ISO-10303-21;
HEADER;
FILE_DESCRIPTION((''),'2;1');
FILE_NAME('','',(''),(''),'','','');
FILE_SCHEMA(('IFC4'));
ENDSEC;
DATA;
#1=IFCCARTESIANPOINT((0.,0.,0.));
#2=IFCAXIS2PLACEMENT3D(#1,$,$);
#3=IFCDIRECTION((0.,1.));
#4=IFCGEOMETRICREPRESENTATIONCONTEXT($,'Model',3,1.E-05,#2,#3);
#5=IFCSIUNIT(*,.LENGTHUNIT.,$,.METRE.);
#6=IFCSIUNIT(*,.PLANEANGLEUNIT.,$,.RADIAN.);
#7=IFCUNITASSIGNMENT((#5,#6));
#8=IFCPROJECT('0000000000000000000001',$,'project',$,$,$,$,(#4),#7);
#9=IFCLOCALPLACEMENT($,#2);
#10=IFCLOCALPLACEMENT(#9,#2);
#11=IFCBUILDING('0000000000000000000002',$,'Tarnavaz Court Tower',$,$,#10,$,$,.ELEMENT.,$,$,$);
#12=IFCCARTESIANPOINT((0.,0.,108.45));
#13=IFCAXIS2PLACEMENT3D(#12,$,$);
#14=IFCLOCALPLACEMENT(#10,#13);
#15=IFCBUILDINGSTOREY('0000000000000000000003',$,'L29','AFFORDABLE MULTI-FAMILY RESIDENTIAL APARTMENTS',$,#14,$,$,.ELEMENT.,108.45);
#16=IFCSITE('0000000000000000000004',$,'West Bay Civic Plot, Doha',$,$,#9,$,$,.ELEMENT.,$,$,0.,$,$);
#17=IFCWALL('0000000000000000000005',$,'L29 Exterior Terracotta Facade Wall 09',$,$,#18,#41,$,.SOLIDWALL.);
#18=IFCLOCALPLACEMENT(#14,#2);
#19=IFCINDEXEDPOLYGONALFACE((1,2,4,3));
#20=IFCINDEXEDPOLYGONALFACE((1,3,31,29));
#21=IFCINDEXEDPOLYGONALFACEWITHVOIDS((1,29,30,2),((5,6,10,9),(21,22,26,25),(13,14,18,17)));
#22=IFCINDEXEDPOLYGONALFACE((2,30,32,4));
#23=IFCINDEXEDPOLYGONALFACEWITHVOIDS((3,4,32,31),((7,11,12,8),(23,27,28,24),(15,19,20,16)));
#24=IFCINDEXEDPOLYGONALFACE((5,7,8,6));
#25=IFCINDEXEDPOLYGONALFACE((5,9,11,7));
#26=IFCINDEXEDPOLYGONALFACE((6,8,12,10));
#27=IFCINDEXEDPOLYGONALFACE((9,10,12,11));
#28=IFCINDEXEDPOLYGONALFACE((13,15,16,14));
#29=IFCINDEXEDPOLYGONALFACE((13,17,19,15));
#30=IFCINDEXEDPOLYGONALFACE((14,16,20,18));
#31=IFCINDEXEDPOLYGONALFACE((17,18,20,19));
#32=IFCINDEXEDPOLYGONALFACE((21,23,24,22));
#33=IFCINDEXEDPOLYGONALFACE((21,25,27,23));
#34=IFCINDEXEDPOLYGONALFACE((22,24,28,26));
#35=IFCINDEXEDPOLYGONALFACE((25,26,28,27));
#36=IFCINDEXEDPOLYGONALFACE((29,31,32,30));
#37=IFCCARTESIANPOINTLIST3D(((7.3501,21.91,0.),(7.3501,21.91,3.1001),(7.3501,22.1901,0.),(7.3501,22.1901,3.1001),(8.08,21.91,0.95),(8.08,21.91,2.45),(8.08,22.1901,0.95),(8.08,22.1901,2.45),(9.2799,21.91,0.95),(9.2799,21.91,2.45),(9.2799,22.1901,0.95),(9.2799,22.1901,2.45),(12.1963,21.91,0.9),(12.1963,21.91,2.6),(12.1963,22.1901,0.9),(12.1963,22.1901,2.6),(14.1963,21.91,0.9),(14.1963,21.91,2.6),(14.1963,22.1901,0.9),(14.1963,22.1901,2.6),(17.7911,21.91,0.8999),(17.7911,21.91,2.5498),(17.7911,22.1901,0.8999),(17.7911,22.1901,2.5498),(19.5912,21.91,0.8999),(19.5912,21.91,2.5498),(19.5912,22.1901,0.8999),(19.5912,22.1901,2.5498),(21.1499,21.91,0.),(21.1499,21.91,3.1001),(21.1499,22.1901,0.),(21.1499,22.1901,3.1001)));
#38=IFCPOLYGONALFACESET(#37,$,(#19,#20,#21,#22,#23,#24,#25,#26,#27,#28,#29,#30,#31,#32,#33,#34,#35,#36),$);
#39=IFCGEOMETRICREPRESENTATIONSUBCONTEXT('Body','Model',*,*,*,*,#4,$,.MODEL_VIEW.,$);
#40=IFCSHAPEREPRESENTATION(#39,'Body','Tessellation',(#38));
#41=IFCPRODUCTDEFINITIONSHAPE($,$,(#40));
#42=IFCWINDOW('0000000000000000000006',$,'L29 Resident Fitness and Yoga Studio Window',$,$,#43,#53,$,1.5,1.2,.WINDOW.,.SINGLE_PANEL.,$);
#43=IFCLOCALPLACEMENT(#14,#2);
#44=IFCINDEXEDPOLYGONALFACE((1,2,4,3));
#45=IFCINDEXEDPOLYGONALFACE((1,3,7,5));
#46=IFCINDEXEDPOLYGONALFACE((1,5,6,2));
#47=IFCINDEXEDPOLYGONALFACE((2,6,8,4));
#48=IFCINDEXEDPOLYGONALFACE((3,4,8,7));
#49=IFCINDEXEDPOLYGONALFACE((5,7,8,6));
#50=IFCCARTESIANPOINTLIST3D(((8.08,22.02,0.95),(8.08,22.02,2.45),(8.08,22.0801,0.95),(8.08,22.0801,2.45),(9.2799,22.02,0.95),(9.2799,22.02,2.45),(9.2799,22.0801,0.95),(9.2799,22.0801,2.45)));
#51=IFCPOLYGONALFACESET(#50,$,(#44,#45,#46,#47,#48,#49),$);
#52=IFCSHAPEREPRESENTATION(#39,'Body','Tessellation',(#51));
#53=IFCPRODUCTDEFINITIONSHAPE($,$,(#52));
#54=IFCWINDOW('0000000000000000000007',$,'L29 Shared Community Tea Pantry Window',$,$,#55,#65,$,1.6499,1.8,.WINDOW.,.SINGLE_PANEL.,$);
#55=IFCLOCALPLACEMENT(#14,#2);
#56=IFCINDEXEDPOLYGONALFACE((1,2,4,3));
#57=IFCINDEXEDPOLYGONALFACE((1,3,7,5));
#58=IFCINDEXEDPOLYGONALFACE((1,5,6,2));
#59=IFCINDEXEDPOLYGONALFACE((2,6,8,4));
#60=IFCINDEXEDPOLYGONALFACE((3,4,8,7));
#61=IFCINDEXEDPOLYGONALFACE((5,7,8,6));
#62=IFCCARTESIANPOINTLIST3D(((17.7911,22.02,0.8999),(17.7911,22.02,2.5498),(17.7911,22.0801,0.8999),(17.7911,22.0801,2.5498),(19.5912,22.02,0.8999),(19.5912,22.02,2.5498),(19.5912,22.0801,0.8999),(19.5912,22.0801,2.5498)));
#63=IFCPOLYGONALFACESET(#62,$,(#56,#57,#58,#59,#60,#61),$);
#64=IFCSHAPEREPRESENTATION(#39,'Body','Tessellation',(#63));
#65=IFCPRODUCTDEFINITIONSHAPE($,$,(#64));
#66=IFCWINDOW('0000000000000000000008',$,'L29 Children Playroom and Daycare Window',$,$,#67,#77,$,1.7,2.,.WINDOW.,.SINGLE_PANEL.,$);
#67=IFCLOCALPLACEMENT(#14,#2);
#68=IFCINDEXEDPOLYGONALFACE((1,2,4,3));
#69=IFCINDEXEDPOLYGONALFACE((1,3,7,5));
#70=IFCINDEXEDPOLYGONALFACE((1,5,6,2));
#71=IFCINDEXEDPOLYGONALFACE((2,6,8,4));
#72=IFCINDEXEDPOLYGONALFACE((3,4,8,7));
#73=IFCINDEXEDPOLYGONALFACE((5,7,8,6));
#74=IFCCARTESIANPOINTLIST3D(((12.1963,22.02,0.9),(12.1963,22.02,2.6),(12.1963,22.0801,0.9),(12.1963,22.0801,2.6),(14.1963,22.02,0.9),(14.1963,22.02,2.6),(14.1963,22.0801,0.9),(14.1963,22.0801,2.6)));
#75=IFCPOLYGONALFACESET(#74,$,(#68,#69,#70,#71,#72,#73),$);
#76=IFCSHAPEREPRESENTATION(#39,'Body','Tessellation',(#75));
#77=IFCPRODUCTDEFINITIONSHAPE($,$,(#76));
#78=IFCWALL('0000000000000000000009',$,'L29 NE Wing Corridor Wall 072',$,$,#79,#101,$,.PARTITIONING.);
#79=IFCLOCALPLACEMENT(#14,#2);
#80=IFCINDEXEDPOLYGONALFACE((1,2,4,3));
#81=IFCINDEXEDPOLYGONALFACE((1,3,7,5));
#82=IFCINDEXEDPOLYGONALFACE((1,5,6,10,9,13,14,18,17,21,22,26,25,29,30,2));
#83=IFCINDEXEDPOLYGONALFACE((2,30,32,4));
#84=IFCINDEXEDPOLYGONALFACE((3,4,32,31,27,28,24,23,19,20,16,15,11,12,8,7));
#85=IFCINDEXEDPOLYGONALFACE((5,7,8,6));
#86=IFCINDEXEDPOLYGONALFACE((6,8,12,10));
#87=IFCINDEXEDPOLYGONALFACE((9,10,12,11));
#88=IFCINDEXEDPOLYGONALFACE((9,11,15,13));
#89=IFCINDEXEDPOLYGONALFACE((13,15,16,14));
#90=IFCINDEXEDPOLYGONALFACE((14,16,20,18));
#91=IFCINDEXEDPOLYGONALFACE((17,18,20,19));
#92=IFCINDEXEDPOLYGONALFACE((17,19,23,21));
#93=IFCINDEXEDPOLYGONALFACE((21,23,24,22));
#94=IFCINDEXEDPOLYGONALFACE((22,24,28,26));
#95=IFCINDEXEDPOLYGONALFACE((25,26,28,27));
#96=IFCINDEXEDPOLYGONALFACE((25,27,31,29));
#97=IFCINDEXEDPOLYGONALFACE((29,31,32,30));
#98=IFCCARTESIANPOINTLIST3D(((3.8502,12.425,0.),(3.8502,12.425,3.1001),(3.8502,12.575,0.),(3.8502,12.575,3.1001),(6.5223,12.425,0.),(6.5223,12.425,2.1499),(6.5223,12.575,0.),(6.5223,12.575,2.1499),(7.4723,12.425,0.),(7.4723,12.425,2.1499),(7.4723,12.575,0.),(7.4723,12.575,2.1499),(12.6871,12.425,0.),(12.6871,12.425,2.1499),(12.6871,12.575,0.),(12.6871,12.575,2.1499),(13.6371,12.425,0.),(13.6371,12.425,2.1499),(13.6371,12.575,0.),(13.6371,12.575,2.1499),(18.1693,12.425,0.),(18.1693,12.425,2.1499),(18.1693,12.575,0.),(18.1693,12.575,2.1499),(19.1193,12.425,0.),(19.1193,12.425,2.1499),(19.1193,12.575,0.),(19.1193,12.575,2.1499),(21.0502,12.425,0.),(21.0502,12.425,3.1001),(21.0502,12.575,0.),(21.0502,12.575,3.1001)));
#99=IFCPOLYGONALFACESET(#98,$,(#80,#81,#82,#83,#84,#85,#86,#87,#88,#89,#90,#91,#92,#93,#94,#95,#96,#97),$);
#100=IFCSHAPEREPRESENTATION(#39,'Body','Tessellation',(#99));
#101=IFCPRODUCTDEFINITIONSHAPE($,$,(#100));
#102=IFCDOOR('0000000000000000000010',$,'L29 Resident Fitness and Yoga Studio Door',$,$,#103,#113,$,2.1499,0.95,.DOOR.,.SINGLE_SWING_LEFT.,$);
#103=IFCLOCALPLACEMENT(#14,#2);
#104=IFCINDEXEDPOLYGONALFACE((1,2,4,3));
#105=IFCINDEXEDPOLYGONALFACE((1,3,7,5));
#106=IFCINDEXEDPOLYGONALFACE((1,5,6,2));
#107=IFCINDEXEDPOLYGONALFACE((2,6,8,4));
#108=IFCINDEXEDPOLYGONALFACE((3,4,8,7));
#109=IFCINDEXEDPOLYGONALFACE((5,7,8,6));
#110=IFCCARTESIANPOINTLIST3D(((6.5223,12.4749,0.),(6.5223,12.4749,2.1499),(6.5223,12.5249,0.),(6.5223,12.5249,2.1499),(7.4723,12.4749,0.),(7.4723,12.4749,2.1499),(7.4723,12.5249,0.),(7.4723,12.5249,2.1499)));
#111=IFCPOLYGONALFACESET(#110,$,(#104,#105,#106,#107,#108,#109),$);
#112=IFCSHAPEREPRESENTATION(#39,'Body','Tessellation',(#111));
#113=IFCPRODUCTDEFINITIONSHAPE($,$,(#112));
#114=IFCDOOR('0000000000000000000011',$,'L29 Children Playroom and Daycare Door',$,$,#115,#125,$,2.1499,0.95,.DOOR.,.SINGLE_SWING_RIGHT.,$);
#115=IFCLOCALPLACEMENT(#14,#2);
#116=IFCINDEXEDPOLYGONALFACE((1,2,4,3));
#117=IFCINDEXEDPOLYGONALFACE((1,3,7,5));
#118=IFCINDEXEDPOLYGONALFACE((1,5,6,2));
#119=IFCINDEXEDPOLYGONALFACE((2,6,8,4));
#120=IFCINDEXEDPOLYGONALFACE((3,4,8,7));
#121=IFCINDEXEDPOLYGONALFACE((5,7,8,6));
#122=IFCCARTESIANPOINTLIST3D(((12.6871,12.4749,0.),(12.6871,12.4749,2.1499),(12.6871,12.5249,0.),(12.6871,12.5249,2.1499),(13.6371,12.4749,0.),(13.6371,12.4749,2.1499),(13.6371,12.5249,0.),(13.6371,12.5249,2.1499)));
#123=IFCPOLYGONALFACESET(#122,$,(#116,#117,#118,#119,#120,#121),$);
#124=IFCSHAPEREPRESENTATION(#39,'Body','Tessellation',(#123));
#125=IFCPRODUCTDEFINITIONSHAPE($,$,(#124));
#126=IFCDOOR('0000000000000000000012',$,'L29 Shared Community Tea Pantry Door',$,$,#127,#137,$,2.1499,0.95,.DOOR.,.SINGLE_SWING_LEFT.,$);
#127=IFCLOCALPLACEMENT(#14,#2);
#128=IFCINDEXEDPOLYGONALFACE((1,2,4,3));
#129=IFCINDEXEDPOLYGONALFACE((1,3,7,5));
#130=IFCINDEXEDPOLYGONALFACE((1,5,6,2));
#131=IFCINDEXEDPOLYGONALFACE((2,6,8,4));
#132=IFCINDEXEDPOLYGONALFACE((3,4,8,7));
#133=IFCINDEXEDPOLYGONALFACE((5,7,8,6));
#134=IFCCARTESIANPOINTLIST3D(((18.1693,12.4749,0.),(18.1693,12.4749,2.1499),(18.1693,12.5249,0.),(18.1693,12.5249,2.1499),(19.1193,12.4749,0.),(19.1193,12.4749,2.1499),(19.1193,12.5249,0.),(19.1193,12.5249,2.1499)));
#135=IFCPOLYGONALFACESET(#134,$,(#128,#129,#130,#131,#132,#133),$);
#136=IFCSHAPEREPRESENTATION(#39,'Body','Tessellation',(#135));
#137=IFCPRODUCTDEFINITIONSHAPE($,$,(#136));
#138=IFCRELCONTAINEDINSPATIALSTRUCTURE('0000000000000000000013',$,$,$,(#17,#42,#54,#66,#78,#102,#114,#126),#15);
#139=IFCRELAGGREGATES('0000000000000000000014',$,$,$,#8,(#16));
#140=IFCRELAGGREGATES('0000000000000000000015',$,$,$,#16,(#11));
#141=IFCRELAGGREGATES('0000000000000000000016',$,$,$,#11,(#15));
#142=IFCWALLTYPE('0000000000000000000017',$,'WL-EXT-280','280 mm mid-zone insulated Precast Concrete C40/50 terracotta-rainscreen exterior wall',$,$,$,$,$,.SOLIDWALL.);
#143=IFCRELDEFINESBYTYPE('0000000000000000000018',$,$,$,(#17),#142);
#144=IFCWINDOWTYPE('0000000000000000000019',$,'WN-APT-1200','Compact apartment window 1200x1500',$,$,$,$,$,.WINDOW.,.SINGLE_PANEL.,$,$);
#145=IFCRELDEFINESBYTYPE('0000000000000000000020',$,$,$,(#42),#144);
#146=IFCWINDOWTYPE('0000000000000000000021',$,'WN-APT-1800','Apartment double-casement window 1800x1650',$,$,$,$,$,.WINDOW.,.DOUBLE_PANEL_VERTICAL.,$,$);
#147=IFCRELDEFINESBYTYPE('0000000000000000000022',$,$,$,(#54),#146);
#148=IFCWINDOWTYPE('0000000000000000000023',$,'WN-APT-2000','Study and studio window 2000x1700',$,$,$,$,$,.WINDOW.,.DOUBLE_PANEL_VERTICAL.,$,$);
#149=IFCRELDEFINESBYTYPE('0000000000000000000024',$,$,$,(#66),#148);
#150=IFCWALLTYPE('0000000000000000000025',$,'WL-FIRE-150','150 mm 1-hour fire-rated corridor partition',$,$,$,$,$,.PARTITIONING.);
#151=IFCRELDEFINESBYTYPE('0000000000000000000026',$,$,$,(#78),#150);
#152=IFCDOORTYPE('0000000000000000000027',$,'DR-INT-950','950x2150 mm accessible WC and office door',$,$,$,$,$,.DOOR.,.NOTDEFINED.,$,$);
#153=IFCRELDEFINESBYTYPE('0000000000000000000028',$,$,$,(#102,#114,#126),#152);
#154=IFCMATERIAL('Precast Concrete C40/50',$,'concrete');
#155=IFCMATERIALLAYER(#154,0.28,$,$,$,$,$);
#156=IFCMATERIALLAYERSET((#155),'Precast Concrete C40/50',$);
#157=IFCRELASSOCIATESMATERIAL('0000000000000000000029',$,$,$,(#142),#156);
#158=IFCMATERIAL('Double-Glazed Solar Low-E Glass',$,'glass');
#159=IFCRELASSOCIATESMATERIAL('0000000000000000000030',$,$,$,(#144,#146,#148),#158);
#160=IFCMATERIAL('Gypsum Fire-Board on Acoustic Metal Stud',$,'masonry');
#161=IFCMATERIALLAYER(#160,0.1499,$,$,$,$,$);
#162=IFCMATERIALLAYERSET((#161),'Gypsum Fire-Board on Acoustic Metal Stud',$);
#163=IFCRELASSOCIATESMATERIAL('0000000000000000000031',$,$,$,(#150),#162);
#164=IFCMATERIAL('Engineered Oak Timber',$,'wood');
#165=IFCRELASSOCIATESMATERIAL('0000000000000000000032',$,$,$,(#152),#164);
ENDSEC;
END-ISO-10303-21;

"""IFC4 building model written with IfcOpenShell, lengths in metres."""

from ifc_helpers import new_model, si_unit, direction, frame, frame_2d, origin, place, context, subcontext, project, spatial, rectangle, extrude, material, layer, layer_set, type_object, element, fill, save


model = new_model("IFC4")

# Units and contexts
model_context = context("Model", 3, precision=1e-05, world=origin(), true_north=direction((0.0, 1.0)))
body_context = subcontext(model_context, "Body", "Model", "MODEL_VIEW")
ifc_project = project(units=[si_unit("LENGTHUNIT", "METRE"), si_unit("PLANEANGLEUNIT", "RADIAN")], contexts=[model_context])

# Site, building, storey
site_placement = place(None, origin())
site = spatial("IfcSite", under=ifc_project, at=site_placement, Name="West Bay Civic Plot, Doha", CompositionType="ELEMENT", RefElevation=0.0)
building_placement = place(site_placement, origin())
building = spatial("IfcBuilding", under=site, at=building_placement, Name="Tarnavaz Court Tower", CompositionType="ELEMENT")
storey_placement = place(building_placement, frame((0.0, 0.0, 108.45)))
storey = spatial("IfcBuildingStorey", under=building, at=storey_placement, Name="L29", Description="AFFORDABLE MULTI-FAMILY RESIDENTIAL APARTMENTS", CompositionType="ELEMENT", Elevation=108.45)

# Shared definitions
ifc_material_1 = material(Name="Double-Glazed Solar Low-E Glass", Category="glass")

# Shared definitions
ifc_material_2 = material(Name="Precast Concrete C40/50", Category="concrete")
ifc_layer_1 = layer(ifc_material_2, 0.28)
ifc_layer_set_1 = layer_set([ifc_layer_1], Name="Precast Concrete C40/50")
wall_type_1 = type_object("IfcWallType", Name="WL-EXT-280", Description="280 mm mid-zone insulated Precast Concrete C40/50 terracotta-rainscreen exterior wall", PredefinedType="SOLIDWALL", material=ifc_layer_set_1)
window_type_1 = type_object("IfcWindowType", Name="WN-APT-1200", Description="Compact apartment window 1200x1500", PartitioningType="SINGLE_PANEL", PredefinedType="WINDOW", material=ifc_material_1)

# Wall, openings, windows
wall_1_placement = place(storey_placement, frame((7.3501, 22.05, 0.0), z_axis=(0.0, 0.0, 1.0), x_axis=(1.0, 0.0, 0.0)))
wall_1 = element("IfcWall", 1, at=wall_1_placement, inside=storey, type_object=wall_type_1, Name="L29 Exterior Terracotta Facade Wall 09", PredefinedType="SOLIDWALL", context=body_context, shape_type="SweptSolid", body=[
    extrude(rectangle(XDim=13.7998, YDim=0.28, at=frame_2d((6.8999, 0.0))), origin(), (0.0, 0.0, 1.0), 3.1001),
])
opening_1_placement = place(wall_1_placement, frame((0.7297, 0.0, 0.95)))
opening_1 = element("IfcOpeningElement", 2, at=opening_1_placement, cuts=wall_1, PredefinedType="OPENING", context=body_context, shape_type="SweptSolid", body=[
    extrude(rectangle(XDim=1.2, YDim=1.5, at=frame_2d((0.6001, 0.75))), frame((0.0, 0.1499, 0.0), z_axis=(0.0, -1.0, 0.0), x_axis=(1.0, 0.0, 0.0)), (0.0, 0.0, 1.0), 0.3),
])
opening_2_placement = place(wall_1_placement, frame((4.8462, 0.0, 0.8999)))
opening_2 = element("IfcOpeningElement", 3, at=opening_2_placement, cuts=wall_1, PredefinedType="OPENING", context=body_context, shape_type="SweptSolid", body=[
    extrude(rectangle(XDim=2.0, YDim=1.7, at=frame_2d((1.0, 0.8501))), frame((0.0, 0.1499, 0.0), z_axis=(0.0, -1.0, 0.0), x_axis=(1.0, 0.0, 0.0)), (0.0, 0.0, 1.0), 0.3),
])
opening_3_placement = place(wall_1_placement, frame((10.4412, 0.0, 0.8999)))
opening_3 = element("IfcOpeningElement", 4, at=opening_3_placement, cuts=wall_1, PredefinedType="OPENING", context=body_context, shape_type="SweptSolid", body=[
    extrude(rectangle(XDim=1.8, YDim=1.6499, at=frame_2d((0.8999, 0.825))), frame((0.0, 0.1499, 0.0), z_axis=(0.0, -1.0, 0.0), x_axis=(1.0, 0.0, 0.0)), (0.0, 0.0, 1.0), 0.3),
])
window_1_placement = place(opening_1_placement, origin())
window_1 = element("IfcWindow", 5, at=window_1_placement, inside=storey, type_object=window_type_1, Name="L29 Resident Fitness and Yoga Studio Window", OverallHeight=1.5, OverallWidth=1.2, PartitioningType="SINGLE_PANEL", PredefinedType="WINDOW", context=body_context, shape_type="SweptSolid", body=[
    extrude(rectangle(XDim=1.2, YDim=1.5, at=frame_2d((0.6001, 0.75))), frame((0.0, 0.03, 0.0), z_axis=(0.0, -1.0, 0.0), x_axis=(1.0, 0.0, 0.0)), (0.0, 0.0, 1.0), 0.0601),
])
fill(opening_1, window_1)
window_type_2 = type_object("IfcWindowType", Name="WN-APT-1800", Description="Apartment double-casement window 1800x1650", PartitioningType="DOUBLE_PANEL_VERTICAL", PredefinedType="WINDOW", material=ifc_material_1)
window_2_placement = place(opening_3_placement, origin())
window_2 = element("IfcWindow", 6, at=window_2_placement, inside=storey, type_object=window_type_2, Name="L29 Shared Community Tea Pantry Window", OverallHeight=1.6499, OverallWidth=1.8, PartitioningType="SINGLE_PANEL", PredefinedType="WINDOW", context=body_context, shape_type="SweptSolid", body=[
    extrude(rectangle(XDim=1.8, YDim=1.6499, at=frame_2d((0.8999, 0.825))), frame((0.0, 0.03, 0.0), z_axis=(0.0, -1.0, 0.0), x_axis=(1.0, 0.0, 0.0)), (0.0, 0.0, 1.0), 0.0601),
])
fill(opening_3, window_2)
window_type_3 = type_object("IfcWindowType", Name="WN-APT-2000", Description="Study and studio window 2000x1700", PartitioningType="DOUBLE_PANEL_VERTICAL", PredefinedType="WINDOW", material=ifc_material_1)
window_3_placement = place(opening_2_placement, origin())
window_3 = element("IfcWindow", 7, at=window_3_placement, inside=storey, type_object=window_type_3, Name="L29 Children Playroom and Daycare Window", OverallHeight=1.7, OverallWidth=2.0, PartitioningType="SINGLE_PANEL", PredefinedType="WINDOW", context=body_context, shape_type="SweptSolid", body=[
    extrude(rectangle(XDim=2.0, YDim=1.7, at=frame_2d((1.0, 0.8501))), frame((0.0, 0.03, 0.0), z_axis=(0.0, -1.0, 0.0), x_axis=(1.0, 0.0, 0.0)), (0.0, 0.0, 1.0), 0.0601),
])
fill(opening_2, window_3)

# Wall, openings, doors
ifc_material_3 = material(Name="Gypsum Fire-Board on Acoustic Metal Stud", Category="masonry")
ifc_layer_2 = layer(ifc_material_3, 0.1499)
ifc_layer_set_2 = layer_set([ifc_layer_2], Name="Gypsum Fire-Board on Acoustic Metal Stud")
wall_type_2 = type_object("IfcWallType", Name="WL-FIRE-150", Description="150 mm 1-hour fire-rated corridor partition", PredefinedType="PARTITIONING", material=ifc_layer_set_2)
wall_2_placement = place(storey_placement, frame((3.8501, 12.5, 0.0), z_axis=(0.0, 0.0, 1.0), x_axis=(1.0, 0.0, 0.0)))
wall_2 = element("IfcWall", 8, at=wall_2_placement, inside=storey, type_object=wall_type_2, Name="L29 NE Wing Corridor Wall 072", PredefinedType="PARTITIONING", context=body_context, shape_type="SweptSolid", body=[
    extrude(rectangle(XDim=17.2, YDim=0.1499, at=frame_2d((8.6001, 0.0))), origin(), (0.0, 0.0, 1.0), 3.1001),
])
opening_4_placement = place(wall_2_placement, frame((2.6721, 0.0, 0.0)))
opening_4 = element("IfcOpeningElement", 9, at=opening_4_placement, cuts=wall_2, PredefinedType="OPENING", context=body_context, shape_type="SweptSolid", body=[
    extrude(rectangle(XDim=0.95, YDim=2.1499, at=frame_2d((0.4751, 1.075))), frame((0.0, 0.085, 0.0), z_axis=(0.0, -1.0, 0.0), x_axis=(1.0, 0.0, 0.0)), (0.0, 0.0, 1.0), 0.1699),
])
opening_5_placement = place(wall_2_placement, frame((8.8369, 0.0, 0.0)))
opening_5 = element("IfcOpeningElement", 10, at=opening_5_placement, cuts=wall_2, PredefinedType="OPENING", context=body_context, shape_type="SweptSolid", body=[
    extrude(rectangle(XDim=0.95, YDim=2.1499, at=frame_2d((0.4751, 1.075))), frame((0.0, 0.085, 0.0), z_axis=(0.0, -1.0, 0.0), x_axis=(1.0, 0.0, 0.0)), (0.0, 0.0, 1.0), 0.1699),
])
opening_6_placement = place(wall_2_placement, frame((14.3191, 0.0, 0.0)))
opening_6 = element("IfcOpeningElement", 11, at=opening_6_placement, cuts=wall_2, PredefinedType="OPENING", context=body_context, shape_type="SweptSolid", body=[
    extrude(rectangle(XDim=0.95, YDim=2.1499, at=frame_2d((0.4751, 1.075))), frame((0.0, 0.085, 0.0), z_axis=(0.0, -1.0, 0.0), x_axis=(1.0, 0.0, 0.0)), (0.0, 0.0, 1.0), 0.1699),
])
ifc_material_4 = material(Name="Engineered Oak Timber", Category="wood")
door_type = type_object("IfcDoorType", Name="DR-INT-950", Description="950x2150 mm accessible WC and office door", OperationType="NOTDEFINED", PredefinedType="DOOR", material=ifc_material_4)
door_1_placement = place(opening_4_placement, origin())
door_1 = element("IfcDoor", 12, at=door_1_placement, inside=storey, type_object=door_type, Name="L29 Resident Fitness and Yoga Studio Door", OperationType="SINGLE_SWING_LEFT", OverallHeight=2.1499, OverallWidth=0.95, PredefinedType="DOOR", context=body_context, shape_type="SweptSolid", body=[
    extrude(rectangle(XDim=0.95, YDim=2.1499, at=frame_2d((0.4751, 1.075))), frame((0.0, 0.0249, 0.0), z_axis=(0.0, -1.0, 0.0), x_axis=(1.0, 0.0, 0.0)), (0.0, 0.0, 1.0), 0.05),
])
fill(opening_4, door_1)
door_2_placement = place(opening_5_placement, origin())
door_2 = element("IfcDoor", 13, at=door_2_placement, inside=storey, type_object=door_type, Name="L29 Children Playroom and Daycare Door", OperationType="SINGLE_SWING_RIGHT", OverallHeight=2.1499, OverallWidth=0.95, PredefinedType="DOOR", context=body_context, shape_type="SweptSolid", body=[
    extrude(rectangle(XDim=0.95, YDim=2.1499, at=frame_2d((0.4751, 1.075))), frame((0.0, 0.0249, 0.0), z_axis=(0.0, -1.0, 0.0), x_axis=(1.0, 0.0, 0.0)), (0.0, 0.0, 1.0), 0.05),
])
fill(opening_5, door_2)
door_3_placement = place(opening_6_placement, origin())
door_3 = element("IfcDoor", 14, at=door_3_placement, inside=storey, type_object=door_type, Name="L29 Shared Community Tea Pantry Door", OperationType="SINGLE_SWING_LEFT", OverallHeight=2.1499, OverallWidth=0.95, PredefinedType="DOOR", context=body_context, shape_type="SweptSolid", body=[
    extrude(rectangle(XDim=0.95, YDim=2.1499, at=frame_2d((0.4751, 1.075))), frame((0.0, 0.0249, 0.0), z_axis=(0.0, -1.0, 0.0), x_axis=(1.0, 0.0, 0.0)), (0.0, 0.0, 1.0), 0.05),
])
fill(opening_6, door_3)

save(model, "model.ifc")
